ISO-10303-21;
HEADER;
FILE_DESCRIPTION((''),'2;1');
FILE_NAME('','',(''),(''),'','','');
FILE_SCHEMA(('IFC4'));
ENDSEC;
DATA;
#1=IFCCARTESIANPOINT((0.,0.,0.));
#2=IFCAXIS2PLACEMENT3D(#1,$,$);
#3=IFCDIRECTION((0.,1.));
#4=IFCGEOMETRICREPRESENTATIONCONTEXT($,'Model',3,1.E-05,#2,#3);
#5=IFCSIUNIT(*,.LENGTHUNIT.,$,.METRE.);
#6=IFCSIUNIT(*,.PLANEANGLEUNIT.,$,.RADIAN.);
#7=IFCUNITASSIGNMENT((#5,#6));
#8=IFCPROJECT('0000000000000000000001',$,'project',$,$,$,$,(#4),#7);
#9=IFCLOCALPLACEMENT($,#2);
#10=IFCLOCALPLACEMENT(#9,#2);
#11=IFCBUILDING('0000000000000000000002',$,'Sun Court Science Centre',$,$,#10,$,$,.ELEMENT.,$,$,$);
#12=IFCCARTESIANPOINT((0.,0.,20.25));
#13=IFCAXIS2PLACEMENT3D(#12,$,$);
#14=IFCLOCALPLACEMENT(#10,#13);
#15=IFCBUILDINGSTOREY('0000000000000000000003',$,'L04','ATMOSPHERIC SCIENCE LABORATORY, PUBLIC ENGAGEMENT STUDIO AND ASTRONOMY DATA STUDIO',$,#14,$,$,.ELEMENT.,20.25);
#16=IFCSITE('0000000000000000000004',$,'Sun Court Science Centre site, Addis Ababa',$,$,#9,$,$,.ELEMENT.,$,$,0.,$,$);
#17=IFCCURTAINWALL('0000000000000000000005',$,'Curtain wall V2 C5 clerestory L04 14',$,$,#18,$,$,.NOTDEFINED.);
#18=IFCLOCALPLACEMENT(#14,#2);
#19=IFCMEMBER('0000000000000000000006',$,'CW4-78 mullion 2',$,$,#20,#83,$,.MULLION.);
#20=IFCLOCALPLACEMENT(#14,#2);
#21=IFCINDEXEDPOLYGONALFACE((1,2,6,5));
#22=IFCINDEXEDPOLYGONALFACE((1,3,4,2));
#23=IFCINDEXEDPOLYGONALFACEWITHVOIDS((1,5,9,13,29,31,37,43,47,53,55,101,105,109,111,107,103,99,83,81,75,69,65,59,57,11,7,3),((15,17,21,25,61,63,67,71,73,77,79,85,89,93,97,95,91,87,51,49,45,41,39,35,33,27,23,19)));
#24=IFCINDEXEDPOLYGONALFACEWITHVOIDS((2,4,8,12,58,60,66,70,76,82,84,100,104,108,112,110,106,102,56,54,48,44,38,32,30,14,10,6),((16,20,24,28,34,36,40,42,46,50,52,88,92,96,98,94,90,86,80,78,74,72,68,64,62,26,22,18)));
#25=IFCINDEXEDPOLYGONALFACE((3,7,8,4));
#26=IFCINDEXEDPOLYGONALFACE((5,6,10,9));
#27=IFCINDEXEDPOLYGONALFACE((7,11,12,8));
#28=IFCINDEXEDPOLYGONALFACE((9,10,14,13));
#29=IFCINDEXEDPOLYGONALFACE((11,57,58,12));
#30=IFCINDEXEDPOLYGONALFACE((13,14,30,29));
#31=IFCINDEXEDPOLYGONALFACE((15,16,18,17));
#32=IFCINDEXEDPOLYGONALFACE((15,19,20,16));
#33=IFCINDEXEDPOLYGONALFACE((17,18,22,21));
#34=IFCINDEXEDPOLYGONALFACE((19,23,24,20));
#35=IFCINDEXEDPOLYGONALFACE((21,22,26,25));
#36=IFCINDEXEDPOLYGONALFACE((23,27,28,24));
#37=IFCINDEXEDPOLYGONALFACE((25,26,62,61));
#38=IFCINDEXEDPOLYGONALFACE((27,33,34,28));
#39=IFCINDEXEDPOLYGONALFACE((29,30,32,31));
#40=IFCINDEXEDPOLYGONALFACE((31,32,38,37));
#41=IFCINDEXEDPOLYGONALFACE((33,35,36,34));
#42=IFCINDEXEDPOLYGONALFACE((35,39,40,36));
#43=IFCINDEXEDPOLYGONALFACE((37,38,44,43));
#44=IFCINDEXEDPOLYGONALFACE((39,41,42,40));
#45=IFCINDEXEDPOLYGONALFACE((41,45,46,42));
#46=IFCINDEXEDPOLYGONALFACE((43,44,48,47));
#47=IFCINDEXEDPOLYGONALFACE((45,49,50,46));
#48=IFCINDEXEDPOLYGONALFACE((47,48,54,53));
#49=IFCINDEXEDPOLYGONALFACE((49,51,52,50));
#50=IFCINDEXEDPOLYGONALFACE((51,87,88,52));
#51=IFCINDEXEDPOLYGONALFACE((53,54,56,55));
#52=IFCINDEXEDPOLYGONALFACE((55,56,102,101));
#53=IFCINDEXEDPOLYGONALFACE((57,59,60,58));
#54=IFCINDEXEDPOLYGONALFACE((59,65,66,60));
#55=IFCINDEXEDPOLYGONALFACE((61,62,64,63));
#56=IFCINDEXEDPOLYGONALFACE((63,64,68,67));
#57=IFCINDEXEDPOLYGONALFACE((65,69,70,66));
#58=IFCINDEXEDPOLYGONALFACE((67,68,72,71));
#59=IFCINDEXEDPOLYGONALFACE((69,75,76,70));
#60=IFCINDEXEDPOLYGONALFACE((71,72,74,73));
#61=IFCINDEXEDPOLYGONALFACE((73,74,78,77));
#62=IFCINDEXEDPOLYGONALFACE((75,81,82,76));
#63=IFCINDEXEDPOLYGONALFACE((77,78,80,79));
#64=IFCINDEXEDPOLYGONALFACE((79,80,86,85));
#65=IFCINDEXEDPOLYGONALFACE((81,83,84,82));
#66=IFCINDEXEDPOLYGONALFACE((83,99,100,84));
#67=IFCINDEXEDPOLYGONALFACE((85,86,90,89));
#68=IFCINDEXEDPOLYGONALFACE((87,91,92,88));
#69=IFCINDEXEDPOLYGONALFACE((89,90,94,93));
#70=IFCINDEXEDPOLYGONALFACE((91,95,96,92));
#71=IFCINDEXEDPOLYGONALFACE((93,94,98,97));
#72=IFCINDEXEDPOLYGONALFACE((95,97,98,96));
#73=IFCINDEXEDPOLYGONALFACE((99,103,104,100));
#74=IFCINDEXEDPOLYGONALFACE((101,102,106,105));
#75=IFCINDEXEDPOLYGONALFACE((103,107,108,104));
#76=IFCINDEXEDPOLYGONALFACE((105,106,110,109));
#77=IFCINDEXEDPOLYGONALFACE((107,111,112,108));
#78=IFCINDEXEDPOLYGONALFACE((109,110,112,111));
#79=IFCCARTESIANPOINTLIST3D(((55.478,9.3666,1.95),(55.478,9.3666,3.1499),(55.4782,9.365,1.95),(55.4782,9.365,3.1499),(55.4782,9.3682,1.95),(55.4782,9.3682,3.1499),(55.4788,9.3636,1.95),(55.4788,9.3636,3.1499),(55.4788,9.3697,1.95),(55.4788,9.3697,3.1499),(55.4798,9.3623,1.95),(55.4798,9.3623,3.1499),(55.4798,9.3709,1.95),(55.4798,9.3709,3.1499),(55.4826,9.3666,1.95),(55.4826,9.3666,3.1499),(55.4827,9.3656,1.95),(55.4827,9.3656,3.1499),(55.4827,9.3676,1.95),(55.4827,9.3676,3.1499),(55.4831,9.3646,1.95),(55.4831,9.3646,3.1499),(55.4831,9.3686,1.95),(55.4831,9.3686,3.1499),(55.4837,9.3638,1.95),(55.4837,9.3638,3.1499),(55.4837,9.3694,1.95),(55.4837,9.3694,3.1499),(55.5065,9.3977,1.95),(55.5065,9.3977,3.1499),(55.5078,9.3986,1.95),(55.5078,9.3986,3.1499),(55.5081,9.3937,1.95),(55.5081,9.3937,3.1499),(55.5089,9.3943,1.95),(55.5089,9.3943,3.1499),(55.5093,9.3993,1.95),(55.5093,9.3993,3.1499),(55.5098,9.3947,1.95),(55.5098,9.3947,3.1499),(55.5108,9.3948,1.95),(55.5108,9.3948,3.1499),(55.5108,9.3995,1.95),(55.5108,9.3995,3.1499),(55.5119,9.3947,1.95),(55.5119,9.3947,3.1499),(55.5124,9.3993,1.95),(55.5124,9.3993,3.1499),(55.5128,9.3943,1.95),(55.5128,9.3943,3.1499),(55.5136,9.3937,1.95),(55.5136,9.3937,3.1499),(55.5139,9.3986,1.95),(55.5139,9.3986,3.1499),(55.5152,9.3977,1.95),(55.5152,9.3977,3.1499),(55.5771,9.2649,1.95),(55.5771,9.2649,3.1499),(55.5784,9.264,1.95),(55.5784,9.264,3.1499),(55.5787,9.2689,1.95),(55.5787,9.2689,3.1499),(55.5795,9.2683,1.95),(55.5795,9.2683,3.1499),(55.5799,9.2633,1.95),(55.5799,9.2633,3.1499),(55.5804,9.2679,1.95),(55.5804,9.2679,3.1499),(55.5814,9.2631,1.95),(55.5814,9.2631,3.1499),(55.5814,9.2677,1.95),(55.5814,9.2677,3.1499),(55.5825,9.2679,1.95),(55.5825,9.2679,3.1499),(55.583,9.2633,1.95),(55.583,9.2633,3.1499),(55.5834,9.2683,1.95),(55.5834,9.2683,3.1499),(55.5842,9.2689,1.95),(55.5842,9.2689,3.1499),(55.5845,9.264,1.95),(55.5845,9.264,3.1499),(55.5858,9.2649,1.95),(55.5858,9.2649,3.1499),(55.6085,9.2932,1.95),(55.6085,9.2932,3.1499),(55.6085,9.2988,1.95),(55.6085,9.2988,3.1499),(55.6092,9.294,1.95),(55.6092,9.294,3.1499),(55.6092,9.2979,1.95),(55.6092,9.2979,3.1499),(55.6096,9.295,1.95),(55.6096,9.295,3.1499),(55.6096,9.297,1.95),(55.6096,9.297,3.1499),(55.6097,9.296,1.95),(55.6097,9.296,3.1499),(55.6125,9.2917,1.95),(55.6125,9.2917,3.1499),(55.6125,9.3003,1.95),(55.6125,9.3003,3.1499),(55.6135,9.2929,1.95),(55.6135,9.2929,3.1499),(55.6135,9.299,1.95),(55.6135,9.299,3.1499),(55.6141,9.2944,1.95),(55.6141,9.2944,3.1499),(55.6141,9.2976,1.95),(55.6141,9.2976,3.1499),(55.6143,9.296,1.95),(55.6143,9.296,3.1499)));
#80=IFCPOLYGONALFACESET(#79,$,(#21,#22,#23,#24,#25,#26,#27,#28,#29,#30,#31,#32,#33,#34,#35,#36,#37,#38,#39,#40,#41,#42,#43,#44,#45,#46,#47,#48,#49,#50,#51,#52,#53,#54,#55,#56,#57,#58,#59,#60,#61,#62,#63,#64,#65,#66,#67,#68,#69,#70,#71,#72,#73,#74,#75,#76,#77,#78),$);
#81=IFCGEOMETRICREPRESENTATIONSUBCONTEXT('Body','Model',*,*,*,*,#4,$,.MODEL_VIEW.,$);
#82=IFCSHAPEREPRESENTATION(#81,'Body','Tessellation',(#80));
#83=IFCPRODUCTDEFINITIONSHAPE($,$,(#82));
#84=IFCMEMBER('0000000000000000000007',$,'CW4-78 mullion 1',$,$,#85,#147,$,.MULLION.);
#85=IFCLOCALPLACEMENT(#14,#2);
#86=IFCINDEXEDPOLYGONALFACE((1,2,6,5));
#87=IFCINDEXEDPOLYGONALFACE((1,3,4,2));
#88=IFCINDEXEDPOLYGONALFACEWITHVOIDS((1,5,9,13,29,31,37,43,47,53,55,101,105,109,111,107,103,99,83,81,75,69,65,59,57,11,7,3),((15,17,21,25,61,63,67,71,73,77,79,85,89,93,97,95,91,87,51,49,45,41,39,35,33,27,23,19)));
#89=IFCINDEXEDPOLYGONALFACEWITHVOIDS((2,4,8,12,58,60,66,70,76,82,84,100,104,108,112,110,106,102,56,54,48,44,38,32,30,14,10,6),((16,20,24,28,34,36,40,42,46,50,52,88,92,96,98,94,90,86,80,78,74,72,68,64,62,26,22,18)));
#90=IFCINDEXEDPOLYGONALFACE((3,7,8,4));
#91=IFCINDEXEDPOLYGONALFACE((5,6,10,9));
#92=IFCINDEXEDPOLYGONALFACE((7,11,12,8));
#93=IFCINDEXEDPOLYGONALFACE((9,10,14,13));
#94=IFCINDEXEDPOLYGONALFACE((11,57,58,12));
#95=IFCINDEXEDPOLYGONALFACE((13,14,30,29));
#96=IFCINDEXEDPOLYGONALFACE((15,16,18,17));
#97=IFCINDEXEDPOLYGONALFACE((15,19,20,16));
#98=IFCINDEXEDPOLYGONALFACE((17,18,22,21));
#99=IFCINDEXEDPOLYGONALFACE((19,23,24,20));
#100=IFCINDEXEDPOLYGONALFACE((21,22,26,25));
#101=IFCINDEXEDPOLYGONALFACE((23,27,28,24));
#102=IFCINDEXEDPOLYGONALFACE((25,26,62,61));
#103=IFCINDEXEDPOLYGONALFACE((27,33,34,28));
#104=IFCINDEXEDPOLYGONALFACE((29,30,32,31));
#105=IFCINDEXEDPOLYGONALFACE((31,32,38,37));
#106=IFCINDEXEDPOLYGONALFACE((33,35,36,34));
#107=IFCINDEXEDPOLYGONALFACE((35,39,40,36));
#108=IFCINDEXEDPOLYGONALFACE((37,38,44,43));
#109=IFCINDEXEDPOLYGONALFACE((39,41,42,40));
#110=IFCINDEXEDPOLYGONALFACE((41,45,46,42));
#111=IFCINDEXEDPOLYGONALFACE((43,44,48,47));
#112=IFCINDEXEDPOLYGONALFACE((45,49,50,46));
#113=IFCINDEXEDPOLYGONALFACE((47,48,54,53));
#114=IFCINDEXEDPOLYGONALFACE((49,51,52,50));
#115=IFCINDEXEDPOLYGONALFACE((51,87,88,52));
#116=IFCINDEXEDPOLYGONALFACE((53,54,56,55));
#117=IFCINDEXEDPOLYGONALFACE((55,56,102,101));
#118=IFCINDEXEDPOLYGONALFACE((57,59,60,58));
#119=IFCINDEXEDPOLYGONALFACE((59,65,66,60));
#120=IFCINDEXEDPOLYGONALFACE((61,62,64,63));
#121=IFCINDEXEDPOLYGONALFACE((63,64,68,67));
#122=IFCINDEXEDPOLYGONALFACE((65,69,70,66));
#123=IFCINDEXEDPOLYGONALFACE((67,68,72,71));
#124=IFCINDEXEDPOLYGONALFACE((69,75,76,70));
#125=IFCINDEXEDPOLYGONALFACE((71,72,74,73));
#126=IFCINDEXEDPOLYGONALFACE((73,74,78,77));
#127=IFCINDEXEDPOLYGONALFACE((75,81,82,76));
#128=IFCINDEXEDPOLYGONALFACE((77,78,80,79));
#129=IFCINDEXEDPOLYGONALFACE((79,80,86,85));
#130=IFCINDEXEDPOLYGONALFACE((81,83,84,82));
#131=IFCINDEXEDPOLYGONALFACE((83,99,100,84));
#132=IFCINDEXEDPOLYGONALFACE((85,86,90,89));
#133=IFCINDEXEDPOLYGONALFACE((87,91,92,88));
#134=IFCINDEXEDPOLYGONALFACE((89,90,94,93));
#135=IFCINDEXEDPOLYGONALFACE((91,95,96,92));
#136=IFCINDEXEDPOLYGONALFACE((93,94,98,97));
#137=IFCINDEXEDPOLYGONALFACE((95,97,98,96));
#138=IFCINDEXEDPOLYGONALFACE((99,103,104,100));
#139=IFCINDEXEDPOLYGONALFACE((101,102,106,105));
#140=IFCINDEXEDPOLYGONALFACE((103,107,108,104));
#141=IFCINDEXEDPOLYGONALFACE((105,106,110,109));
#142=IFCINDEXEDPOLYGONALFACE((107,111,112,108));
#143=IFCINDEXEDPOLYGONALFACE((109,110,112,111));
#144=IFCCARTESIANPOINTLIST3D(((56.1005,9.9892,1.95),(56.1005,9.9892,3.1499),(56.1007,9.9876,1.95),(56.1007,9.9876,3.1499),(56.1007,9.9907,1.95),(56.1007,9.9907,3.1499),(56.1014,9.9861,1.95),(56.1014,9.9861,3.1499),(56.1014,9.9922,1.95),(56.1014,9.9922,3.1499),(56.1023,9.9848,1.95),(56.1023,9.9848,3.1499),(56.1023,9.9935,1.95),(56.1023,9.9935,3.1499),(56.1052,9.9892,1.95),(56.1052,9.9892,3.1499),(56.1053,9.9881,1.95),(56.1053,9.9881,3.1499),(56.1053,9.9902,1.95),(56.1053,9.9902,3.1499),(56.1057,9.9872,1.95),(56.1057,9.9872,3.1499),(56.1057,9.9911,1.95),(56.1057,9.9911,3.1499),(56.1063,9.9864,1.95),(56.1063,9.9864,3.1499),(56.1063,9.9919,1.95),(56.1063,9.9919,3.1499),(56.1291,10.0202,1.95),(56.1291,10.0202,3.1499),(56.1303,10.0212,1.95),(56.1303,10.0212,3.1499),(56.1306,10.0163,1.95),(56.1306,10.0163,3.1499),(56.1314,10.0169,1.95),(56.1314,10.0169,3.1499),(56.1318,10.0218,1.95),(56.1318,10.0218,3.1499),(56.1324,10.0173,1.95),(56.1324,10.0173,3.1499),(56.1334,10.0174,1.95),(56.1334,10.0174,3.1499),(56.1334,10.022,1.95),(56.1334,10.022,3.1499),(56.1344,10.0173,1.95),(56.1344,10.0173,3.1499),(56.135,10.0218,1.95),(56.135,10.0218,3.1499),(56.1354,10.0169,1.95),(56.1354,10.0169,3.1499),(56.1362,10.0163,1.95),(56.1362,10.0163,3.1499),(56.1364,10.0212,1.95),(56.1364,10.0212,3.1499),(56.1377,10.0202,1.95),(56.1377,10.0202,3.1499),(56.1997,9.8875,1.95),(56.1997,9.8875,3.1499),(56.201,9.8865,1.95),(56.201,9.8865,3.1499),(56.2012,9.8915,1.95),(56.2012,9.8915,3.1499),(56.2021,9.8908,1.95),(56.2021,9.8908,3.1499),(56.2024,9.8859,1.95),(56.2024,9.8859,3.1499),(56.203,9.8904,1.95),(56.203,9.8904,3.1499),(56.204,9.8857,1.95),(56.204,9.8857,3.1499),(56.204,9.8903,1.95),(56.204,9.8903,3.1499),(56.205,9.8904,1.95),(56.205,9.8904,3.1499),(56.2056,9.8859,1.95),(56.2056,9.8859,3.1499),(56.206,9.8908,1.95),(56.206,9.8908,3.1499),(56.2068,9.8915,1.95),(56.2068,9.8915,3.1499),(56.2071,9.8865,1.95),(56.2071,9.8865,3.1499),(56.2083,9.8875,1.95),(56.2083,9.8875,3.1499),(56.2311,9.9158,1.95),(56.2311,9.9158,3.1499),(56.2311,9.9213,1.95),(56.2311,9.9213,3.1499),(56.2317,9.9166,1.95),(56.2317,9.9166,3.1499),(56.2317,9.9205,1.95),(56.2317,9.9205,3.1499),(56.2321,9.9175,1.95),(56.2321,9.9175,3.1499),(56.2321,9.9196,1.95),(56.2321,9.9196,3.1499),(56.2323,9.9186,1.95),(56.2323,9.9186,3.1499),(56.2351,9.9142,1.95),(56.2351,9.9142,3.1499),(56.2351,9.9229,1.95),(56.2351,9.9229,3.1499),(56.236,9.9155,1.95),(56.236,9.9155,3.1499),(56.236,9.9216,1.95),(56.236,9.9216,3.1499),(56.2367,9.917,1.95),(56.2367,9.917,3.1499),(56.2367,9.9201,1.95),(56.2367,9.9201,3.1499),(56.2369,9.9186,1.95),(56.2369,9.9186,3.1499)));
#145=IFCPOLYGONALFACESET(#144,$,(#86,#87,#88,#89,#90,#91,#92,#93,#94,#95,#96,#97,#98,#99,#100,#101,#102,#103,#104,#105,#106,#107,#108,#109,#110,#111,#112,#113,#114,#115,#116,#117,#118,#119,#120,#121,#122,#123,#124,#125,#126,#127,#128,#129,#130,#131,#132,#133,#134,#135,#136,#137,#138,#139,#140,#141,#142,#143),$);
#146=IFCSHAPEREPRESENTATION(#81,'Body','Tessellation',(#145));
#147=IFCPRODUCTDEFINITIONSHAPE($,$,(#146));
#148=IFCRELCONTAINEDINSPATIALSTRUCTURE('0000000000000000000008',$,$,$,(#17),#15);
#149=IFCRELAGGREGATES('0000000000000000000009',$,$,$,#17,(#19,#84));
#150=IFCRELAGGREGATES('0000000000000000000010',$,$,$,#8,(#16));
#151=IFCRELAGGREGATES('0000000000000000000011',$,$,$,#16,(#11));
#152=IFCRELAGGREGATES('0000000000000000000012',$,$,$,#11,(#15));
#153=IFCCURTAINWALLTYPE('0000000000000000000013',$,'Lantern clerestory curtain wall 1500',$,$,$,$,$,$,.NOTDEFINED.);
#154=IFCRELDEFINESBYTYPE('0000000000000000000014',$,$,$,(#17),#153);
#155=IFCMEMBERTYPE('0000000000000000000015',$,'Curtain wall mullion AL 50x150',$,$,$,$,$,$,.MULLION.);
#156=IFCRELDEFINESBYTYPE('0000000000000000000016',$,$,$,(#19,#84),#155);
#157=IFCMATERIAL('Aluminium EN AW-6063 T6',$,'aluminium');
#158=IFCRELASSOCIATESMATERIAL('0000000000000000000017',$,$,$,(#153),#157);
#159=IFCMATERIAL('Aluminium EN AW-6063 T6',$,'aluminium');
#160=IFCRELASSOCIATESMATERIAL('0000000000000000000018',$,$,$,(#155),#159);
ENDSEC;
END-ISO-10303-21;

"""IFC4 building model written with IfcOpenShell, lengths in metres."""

from ifc_helpers import new_model, si_unit, direction, frame, origin, origin_2d, place, context, subcontext, project, spatial, hollow_rectangle, extrude, material, material_profile, profile_set, type_object, element, aggregate, save


model = new_model("IFC4")

# Units and contexts
model_context = context("Model", 3, precision=1e-05, world=origin(), true_north=direction((0.0, 1.0)))
body_context = subcontext(model_context, "Body", "Model", "MODEL_VIEW")
ifc_project = project(units=[si_unit("LENGTHUNIT", "METRE"), si_unit("PLANEANGLEUNIT", "RADIAN")], contexts=[model_context])

# Site, building, storey
site_placement = place(None, origin())
site = spatial("IfcSite", under=ifc_project, at=site_placement, Name="Sun Court Science Centre site, Addis Ababa", CompositionType="ELEMENT", RefElevation=0.0)
building_placement = place(site_placement, origin())
building = spatial("IfcBuilding", under=site, at=building_placement, Name="Sun Court Science Centre", CompositionType="ELEMENT")
storey_placement = place(building_placement, frame((0.0, 0.0, 20.25)))
storey = spatial("IfcBuildingStorey", under=building, at=storey_placement, Name="L04", Description="ATMOSPHERIC SCIENCE LABORATORY, PUBLIC ENGAGEMENT STUDIO AND ASTRONOMY DATA STUDIO", CompositionType="ELEMENT", Elevation=20.25)

# Curtain wall, members
ifc_material_1 = material(Name="Aluminium EN AW-6063 T6", Category="aluminium")
curtain_wall_type = type_object("IfcCurtainWallType", Name="Lantern clerestory curtain wall 1500", PredefinedType="NOTDEFINED", material=ifc_material_1)
ifc_material_2 = material(Name="Aluminium EN AW-6063 T6", Category="aluminium")
ifc_material_profile_1 = material_profile(ifc_material_2, hollow_rectangle(XDim=0.05, YDim=0.1499, WallThickness=0.0039, InnerFilletRadius=0.0039, OuterFilletRadius=0.0061, at=origin_2d()), Name="AL 50x150x4")
ifc_profile_set_1 = profile_set([ifc_material_profile_1], Name="Aluminium EN AW-6063 T6")
member_type_1 = type_object("IfcMemberType", Name="Curtain wall mullion AL 50x150", PredefinedType="MULLION", material=ifc_profile_set_1)
curtain_wall_1_placement = place(storey_placement, origin())
curtain_wall_1 = element("IfcCurtainWall", 1, at=curtain_wall_1_placement, inside=storey, type_object=curtain_wall_type, Name="Curtain wall V2 C5 clerestory L04 14", PredefinedType="NOTDEFINED")
member_1_placement = place(storey_placement, frame((55.5461, 9.3313, 1.95), z_axis=(0.0, 0.0, 1.0), x_axis=(-0.707107, -0.707107, 0.0)))
member_1 = element("IfcMember", 2, at=member_1_placement, type_object=member_type_1, Name="CW4-78 mullion 2", PredefinedType="MULLION", context=body_context, shape_type="SweptSolid", body=[
    extrude(hollow_rectangle(XDim=0.05, YDim=0.1499, WallThickness=0.0039, InnerFilletRadius=0.0039, OuterFilletRadius=0.0061, at=origin_2d()), origin(), (0.0, 0.0, 1.0), 1.2),
])
member_2_placement = place(storey_placement, frame((56.1687, 9.9539, 1.95), z_axis=(0.0, 0.0, 1.0), x_axis=(-0.707107, -0.707107, 0.0)))
member_2 = element("IfcMember", 3, at=member_2_placement, type_object=member_type_1, Name="CW4-78 mullion 1", PredefinedType="MULLION", context=body_context, shape_type="SweptSolid", body=[
    extrude(hollow_rectangle(XDim=0.05, YDim=0.1499, WallThickness=0.0039, InnerFilletRadius=0.0039, OuterFilletRadius=0.0061, at=origin_2d()), origin(), (0.0, 0.0, 1.0), 1.2),
])
aggregate(curtain_wall_1, [member_1, member_2])

save(model, "model.ifc")
